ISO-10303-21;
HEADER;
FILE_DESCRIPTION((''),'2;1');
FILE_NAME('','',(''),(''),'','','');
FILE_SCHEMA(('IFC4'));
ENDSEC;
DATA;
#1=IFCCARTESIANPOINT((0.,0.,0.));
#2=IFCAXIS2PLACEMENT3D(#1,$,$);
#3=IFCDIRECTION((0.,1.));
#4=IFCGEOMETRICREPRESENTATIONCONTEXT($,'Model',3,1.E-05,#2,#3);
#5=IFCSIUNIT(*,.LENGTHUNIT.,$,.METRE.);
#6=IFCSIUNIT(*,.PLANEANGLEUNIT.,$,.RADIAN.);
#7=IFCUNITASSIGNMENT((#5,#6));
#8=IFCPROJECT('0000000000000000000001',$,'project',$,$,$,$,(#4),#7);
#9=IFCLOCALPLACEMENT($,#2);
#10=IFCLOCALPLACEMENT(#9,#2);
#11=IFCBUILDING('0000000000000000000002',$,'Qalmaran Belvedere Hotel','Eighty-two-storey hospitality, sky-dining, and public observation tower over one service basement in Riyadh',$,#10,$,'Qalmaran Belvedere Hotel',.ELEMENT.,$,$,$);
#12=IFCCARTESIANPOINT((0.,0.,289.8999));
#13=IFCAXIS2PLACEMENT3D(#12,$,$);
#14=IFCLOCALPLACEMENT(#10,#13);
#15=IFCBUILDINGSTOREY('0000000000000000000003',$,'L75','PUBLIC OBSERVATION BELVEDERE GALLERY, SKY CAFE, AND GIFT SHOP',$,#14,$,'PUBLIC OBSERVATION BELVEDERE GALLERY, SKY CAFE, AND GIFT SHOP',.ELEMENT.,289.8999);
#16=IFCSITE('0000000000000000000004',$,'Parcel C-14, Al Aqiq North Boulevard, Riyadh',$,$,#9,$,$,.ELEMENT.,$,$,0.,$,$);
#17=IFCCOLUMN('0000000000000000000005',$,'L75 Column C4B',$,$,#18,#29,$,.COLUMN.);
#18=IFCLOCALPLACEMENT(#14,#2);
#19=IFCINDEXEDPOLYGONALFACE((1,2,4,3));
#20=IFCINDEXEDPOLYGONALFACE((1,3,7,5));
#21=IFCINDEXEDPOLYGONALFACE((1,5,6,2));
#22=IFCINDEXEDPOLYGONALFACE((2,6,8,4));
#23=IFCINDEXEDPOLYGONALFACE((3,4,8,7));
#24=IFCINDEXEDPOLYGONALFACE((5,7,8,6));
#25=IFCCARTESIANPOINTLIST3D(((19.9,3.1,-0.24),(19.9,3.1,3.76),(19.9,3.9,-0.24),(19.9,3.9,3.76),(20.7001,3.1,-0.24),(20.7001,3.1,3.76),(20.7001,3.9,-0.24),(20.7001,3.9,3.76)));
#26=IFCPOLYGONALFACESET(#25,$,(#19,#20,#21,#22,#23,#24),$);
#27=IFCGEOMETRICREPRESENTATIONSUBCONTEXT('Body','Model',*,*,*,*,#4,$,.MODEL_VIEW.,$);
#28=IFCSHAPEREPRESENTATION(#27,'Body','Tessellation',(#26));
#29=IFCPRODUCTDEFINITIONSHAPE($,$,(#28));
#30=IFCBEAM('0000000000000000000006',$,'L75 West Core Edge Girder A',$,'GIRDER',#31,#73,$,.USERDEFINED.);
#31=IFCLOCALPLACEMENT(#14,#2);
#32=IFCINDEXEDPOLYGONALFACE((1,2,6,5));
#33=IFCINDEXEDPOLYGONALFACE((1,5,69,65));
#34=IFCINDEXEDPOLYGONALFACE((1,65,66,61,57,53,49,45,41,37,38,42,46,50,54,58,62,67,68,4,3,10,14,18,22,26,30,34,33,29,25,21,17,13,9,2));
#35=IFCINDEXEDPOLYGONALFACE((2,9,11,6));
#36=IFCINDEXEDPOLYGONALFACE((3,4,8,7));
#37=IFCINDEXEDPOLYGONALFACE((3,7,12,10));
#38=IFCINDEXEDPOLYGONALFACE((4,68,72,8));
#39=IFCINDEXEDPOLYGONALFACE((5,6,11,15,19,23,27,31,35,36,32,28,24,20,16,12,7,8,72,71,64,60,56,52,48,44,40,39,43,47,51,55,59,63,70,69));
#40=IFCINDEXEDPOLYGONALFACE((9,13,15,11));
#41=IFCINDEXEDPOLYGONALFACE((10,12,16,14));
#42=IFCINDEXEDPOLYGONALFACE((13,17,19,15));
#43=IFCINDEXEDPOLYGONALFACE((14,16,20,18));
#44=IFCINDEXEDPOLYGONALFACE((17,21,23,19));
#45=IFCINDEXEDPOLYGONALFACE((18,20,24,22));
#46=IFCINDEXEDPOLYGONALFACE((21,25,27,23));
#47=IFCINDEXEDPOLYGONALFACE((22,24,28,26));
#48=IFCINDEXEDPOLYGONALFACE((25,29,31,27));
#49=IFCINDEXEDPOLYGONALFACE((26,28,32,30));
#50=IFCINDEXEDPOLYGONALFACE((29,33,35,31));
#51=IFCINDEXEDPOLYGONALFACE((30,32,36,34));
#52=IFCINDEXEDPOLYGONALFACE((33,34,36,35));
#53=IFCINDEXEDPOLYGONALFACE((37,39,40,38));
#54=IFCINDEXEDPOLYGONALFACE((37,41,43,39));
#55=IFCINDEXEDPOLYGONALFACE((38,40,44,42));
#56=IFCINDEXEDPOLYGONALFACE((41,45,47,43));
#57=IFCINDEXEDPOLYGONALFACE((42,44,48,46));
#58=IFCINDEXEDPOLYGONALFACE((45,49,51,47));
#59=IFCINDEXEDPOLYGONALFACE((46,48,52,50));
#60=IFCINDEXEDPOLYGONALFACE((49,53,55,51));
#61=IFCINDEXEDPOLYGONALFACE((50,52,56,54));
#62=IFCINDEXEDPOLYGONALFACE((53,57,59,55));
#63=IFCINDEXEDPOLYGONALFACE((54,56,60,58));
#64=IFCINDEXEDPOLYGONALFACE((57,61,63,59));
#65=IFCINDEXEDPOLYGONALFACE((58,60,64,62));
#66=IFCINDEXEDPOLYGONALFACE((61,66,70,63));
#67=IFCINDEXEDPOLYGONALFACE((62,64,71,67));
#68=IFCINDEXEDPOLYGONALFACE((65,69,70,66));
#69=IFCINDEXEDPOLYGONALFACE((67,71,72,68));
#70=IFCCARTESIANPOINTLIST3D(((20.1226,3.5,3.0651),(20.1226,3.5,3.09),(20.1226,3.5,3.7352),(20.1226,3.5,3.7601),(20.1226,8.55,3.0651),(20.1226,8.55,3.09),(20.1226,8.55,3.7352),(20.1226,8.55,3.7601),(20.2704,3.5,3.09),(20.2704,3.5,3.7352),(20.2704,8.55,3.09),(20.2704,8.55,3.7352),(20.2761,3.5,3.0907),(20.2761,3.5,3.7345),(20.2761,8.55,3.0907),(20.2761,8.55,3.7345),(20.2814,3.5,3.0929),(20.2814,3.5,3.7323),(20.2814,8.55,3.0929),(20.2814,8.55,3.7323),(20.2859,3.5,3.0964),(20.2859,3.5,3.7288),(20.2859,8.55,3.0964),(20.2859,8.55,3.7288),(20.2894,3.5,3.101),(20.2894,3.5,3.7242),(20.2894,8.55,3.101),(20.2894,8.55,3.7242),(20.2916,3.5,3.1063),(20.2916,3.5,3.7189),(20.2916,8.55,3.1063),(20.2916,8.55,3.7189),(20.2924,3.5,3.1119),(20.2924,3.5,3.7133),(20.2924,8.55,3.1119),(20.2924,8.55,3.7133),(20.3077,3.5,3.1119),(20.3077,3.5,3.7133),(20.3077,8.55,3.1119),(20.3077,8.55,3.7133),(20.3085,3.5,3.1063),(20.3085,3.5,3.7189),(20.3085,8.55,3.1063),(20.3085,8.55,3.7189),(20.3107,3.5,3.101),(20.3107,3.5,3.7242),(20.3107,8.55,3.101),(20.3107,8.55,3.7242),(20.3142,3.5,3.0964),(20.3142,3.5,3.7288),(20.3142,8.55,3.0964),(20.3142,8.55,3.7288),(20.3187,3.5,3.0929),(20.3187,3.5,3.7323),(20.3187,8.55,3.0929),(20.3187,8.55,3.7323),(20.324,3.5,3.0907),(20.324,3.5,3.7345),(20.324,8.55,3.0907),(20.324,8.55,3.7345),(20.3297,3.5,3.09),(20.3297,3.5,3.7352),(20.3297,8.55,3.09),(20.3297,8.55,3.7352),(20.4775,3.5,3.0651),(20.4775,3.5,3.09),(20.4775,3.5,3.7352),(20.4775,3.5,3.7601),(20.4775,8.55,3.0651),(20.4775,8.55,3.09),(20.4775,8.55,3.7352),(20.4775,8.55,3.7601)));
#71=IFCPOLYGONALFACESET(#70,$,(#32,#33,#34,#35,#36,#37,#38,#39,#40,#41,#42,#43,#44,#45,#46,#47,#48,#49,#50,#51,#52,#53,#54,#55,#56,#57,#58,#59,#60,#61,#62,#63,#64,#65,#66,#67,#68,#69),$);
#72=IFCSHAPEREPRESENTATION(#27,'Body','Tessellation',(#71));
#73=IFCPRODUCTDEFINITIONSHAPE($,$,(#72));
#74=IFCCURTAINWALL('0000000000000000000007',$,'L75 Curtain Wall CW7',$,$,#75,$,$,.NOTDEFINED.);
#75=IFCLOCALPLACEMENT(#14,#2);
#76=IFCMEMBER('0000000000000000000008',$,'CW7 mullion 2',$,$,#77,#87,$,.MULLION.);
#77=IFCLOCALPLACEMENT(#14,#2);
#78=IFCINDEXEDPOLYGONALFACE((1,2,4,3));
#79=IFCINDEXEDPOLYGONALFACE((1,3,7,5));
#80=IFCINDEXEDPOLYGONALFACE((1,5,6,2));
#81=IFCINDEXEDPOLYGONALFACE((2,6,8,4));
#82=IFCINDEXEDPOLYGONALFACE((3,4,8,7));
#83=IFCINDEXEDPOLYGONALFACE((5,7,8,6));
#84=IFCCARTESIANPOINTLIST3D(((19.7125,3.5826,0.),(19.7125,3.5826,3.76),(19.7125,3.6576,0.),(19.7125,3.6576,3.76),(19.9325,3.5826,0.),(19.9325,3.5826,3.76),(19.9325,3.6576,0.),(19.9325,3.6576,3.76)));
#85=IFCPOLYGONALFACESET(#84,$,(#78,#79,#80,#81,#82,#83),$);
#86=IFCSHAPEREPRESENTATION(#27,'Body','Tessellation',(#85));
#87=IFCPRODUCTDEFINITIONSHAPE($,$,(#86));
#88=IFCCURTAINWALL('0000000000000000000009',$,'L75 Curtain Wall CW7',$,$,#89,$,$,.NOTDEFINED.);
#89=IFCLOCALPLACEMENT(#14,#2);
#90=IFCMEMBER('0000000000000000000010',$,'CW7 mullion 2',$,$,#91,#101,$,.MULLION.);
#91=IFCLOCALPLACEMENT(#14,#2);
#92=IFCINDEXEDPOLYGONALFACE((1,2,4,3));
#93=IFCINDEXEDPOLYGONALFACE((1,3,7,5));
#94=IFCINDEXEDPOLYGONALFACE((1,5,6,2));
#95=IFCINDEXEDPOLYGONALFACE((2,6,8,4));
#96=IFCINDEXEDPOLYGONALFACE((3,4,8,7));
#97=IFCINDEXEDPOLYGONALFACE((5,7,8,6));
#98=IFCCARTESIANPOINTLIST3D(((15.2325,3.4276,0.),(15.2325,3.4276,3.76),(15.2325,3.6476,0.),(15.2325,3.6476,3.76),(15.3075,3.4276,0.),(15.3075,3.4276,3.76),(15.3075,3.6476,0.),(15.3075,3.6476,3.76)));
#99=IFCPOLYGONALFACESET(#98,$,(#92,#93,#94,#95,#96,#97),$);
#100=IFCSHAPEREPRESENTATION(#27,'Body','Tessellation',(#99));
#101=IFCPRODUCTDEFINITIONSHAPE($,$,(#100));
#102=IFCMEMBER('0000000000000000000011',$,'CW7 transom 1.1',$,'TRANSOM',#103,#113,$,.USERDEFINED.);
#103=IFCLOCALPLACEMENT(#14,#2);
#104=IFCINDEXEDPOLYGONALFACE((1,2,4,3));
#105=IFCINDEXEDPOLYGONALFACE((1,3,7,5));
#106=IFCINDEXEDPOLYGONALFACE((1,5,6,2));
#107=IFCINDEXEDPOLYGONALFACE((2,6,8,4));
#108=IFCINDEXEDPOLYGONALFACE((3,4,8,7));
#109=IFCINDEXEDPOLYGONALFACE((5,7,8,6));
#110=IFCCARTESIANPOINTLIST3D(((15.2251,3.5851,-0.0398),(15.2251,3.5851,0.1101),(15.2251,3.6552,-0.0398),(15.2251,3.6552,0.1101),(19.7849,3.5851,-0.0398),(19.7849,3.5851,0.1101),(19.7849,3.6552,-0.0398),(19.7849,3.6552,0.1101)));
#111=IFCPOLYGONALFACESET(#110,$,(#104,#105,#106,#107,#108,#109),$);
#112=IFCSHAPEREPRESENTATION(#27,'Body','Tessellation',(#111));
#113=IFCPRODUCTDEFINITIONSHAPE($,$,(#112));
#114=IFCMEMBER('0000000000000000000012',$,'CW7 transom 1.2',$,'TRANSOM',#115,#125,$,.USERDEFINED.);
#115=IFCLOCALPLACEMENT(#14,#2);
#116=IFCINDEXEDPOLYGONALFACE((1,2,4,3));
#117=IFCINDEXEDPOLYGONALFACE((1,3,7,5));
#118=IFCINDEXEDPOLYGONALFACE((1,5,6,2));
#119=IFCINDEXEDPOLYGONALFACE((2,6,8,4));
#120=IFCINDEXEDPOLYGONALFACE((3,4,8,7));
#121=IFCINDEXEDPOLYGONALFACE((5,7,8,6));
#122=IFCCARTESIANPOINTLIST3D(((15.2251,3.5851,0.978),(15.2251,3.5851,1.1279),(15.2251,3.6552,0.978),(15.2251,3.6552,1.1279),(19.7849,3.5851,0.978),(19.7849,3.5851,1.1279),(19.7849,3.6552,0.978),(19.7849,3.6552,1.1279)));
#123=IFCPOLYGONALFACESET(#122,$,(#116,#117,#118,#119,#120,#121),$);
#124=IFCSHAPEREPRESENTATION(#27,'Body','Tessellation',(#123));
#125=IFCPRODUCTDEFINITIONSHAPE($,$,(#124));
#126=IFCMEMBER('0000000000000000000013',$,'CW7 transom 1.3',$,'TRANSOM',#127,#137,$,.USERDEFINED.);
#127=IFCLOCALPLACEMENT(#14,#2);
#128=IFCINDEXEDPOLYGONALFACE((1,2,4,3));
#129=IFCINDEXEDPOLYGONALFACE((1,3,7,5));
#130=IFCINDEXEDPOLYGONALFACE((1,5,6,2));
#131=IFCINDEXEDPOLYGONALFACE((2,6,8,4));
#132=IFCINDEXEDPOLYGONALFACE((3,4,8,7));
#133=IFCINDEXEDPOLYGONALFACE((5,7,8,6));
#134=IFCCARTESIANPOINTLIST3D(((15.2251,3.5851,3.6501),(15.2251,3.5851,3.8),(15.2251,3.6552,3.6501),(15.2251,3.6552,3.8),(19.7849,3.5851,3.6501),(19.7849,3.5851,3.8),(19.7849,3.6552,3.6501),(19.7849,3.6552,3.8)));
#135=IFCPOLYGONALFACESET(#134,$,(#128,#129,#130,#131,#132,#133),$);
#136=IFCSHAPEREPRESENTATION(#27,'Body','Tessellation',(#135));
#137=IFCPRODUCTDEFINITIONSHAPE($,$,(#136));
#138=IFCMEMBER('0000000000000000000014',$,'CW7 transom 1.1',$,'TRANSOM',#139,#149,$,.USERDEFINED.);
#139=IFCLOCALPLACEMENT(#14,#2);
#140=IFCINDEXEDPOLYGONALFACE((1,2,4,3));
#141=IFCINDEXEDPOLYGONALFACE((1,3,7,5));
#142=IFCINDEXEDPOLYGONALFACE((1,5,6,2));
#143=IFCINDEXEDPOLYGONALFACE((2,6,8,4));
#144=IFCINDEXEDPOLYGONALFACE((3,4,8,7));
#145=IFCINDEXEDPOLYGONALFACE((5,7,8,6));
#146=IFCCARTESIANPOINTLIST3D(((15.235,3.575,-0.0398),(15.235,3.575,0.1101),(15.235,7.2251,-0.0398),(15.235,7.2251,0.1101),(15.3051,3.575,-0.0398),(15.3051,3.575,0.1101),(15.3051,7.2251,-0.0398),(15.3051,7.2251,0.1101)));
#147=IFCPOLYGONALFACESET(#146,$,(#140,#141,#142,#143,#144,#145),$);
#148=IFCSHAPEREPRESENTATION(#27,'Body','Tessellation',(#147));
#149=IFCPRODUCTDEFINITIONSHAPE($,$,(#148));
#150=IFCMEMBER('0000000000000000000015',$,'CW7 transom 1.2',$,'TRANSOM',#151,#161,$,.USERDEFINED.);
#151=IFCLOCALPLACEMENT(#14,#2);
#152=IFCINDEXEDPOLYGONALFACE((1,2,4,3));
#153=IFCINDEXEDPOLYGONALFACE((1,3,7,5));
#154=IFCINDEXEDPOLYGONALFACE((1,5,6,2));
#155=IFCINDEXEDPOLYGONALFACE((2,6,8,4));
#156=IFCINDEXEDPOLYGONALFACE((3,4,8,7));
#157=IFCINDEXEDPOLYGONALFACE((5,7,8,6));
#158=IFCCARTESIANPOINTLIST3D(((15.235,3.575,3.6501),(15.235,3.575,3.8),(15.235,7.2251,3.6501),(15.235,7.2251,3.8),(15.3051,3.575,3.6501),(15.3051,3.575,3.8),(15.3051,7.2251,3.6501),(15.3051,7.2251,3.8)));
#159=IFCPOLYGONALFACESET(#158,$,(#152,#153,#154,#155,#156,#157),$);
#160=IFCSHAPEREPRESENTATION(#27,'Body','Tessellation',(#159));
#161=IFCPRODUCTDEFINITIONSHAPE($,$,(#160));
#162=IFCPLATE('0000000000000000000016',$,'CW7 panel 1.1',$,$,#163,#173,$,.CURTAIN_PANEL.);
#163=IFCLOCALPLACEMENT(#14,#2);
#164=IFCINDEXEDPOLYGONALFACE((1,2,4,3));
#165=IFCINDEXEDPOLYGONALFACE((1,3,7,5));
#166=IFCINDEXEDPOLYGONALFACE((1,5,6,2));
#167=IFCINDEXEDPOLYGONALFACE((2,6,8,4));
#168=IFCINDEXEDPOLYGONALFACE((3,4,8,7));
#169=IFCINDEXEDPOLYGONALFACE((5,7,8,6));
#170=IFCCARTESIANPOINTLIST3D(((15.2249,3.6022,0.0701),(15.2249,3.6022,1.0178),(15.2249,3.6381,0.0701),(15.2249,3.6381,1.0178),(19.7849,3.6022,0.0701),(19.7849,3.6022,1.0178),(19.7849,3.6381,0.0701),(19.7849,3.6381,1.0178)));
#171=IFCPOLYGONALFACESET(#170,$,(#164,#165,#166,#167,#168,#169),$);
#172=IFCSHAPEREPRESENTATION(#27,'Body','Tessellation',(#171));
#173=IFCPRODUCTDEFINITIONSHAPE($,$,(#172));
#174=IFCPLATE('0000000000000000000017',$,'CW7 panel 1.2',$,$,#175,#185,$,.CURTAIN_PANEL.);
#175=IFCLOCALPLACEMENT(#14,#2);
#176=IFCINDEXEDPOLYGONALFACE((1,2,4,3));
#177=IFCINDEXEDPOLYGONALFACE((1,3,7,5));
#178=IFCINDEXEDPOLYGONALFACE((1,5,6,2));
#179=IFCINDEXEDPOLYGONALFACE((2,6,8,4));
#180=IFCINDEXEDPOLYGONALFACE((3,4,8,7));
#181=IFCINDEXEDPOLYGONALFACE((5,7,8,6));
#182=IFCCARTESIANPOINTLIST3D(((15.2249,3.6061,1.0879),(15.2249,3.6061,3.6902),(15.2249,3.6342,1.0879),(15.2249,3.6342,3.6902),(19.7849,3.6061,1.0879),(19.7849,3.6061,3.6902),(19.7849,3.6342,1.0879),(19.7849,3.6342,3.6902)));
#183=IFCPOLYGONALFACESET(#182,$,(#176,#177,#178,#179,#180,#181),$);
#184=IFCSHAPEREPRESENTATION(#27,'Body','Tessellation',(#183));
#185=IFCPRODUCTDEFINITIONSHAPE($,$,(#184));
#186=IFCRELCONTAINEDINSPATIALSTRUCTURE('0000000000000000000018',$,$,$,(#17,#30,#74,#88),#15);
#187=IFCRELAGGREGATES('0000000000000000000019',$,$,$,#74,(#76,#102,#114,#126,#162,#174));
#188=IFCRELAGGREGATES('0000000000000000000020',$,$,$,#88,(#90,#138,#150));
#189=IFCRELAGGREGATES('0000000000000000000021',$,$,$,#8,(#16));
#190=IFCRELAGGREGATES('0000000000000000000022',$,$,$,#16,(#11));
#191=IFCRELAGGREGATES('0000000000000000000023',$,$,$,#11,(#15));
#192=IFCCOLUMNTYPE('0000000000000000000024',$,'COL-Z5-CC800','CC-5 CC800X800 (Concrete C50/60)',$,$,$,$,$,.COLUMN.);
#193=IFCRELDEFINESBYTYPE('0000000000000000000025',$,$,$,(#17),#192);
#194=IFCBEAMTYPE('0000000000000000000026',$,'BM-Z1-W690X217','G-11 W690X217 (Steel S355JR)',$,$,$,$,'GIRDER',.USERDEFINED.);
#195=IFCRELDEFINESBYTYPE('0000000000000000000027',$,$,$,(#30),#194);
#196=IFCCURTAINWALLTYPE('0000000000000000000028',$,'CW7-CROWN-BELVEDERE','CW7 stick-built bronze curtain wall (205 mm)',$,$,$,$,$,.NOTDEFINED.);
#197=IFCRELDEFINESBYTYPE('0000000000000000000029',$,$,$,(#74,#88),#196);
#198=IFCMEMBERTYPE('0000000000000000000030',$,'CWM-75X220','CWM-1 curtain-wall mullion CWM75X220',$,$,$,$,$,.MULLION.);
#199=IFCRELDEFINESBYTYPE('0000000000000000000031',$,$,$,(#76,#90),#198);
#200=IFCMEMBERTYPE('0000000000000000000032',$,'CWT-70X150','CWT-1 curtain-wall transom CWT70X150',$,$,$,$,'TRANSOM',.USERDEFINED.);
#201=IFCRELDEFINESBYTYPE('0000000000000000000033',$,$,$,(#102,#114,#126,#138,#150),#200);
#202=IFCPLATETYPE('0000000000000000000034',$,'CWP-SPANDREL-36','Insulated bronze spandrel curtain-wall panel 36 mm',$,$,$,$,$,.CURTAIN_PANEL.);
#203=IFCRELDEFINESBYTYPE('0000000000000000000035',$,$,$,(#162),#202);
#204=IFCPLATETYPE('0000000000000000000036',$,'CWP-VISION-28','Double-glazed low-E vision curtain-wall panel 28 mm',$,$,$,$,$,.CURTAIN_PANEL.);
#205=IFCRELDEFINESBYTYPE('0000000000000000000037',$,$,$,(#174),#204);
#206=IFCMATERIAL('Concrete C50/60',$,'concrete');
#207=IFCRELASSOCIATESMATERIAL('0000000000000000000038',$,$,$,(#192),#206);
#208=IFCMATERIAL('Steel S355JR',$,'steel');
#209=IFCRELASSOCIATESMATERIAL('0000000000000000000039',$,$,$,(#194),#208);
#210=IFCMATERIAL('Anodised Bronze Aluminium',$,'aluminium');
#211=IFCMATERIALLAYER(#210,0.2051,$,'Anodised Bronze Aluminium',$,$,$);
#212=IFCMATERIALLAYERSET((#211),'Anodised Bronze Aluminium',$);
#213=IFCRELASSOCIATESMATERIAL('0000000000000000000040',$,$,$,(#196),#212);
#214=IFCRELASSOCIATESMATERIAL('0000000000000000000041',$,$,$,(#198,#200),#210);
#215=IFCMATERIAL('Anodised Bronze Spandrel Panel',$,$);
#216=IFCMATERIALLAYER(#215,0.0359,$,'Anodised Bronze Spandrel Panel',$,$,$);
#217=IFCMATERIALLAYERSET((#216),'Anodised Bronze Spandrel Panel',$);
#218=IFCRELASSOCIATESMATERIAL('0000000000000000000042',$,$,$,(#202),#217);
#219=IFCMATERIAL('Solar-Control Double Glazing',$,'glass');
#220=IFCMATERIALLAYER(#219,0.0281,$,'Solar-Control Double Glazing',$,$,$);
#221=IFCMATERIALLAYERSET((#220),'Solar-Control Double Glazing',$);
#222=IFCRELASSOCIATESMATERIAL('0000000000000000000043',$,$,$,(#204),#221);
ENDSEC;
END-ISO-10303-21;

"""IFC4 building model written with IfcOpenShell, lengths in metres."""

from ifc_helpers import new_model, si_unit, direction, frame, origin, origin_2d, place, context, subcontext, project, spatial, rectangle, i_section, extrude, material, layer, layer_set, material_profile, profile_set, type_object, element, aggregate, save


model = new_model("IFC4")

# Units and contexts
model_context = context("Model", 3, precision=1e-05, world=origin(), true_north=direction((0.0, 1.0)))
body_context = subcontext(model_context, "Body", "Model", "MODEL_VIEW")
ifc_project = project(units=[si_unit("LENGTHUNIT", "METRE"), si_unit("PLANEANGLEUNIT", "RADIAN")], contexts=[model_context])

# Site, building, storey
site_placement = place(None, origin())
site = spatial("IfcSite", under=ifc_project, at=site_placement, Name="Parcel C-14, Al Aqiq North Boulevard, Riyadh", CompositionType="ELEMENT", RefElevation=0.0)
building_placement = place(site_placement, origin())
building = spatial("IfcBuilding", under=site, at=building_placement, Name="Qalmaran Belvedere Hotel", Description="Eighty-two-storey hospitality, sky-dining, and public observation tower over one service basement in Riyadh", LongName="Qalmaran Belvedere Hotel", CompositionType="ELEMENT")
storey_placement = place(building_placement, frame((0.0, 0.0, 289.8999)))
storey = spatial("IfcBuildingStorey", under=building, at=storey_placement, Name="L75", Description="PUBLIC OBSERVATION BELVEDERE GALLERY, SKY CAFE, AND GIFT SHOP", LongName="PUBLIC OBSERVATION BELVEDERE GALLERY, SKY CAFE, AND GIFT SHOP", CompositionType="ELEMENT", Elevation=289.8999)

# Column
ifc_material_1 = material(Name="Concrete C50/60", Category="concrete")
ifc_material_profile_1 = material_profile(ifc_material_1, rectangle(XDim=0.8, YDim=0.8, at=origin_2d()), Name="CC800X800")
ifc_profile_set_1 = profile_set([ifc_material_profile_1], Name="Concrete C50/60")
column_type = type_object("IfcColumnType", Name="COL-Z5-CC800", Description="CC-5 CC800X800 (Concrete C50/60)", PredefinedType="COLUMN", material=ifc_profile_set_1)
column_placement = place(storey_placement, frame((20.3, 3.5, -0.24), z_axis=(0.0, 0.0, 1.0), x_axis=(1.0, 0.0, 0.0)))
element("IfcColumn", 1, at=column_placement, inside=storey, type_object=column_type, Name="L75 Column C4B", PredefinedType="COLUMN", context=body_context, shape_type="SweptSolid", body=[
    extrude(rectangle(XDim=0.8, YDim=0.8, at=origin_2d()), origin(), (0.0, 0.0, 1.0), 4.0),
])

# Beam
ifc_material_2 = material(Name="Steel S355JR", Category="steel")
ifc_material_profile_2 = material_profile(ifc_material_2, i_section(OverallWidth=0.355, OverallDepth=0.6951, WebThickness=0.0154, FlangeThickness=0.0249, FilletRadius=0.022, at=origin_2d()), Name="W690X217")
ifc_profile_set_2 = profile_set([ifc_material_profile_2], Name="Steel S355JR")
beam_type = type_object("IfcBeamType", Name="BM-Z1-W690X217", Description="G-11 W690X217 (Steel S355JR)", ElementType="GIRDER", PredefinedType="USERDEFINED", material=ifc_profile_set_2)
beam_placement = place(storey_placement, frame((20.3, 3.5, 3.4126), z_axis=(0.0, 1.0, 0.0), x_axis=(-1.0, 0.0, 0.0)))
element("IfcBeam", 2, at=beam_placement, inside=storey, type_object=beam_type, Name="L75 West Core Edge Girder A", ObjectType="GIRDER", PredefinedType="USERDEFINED", context=body_context, shape_type="SweptSolid", body=[
    extrude(i_section(OverallWidth=0.355, OverallDepth=0.6951, WebThickness=0.0154, FlangeThickness=0.0249, FilletRadius=0.022, at=origin_2d()), origin(), (0.0, 0.0, 1.0), 5.05),
])

# Curtain walls, members
ifc_material_3 = material(Name="Anodised Bronze Aluminium", Category="aluminium")
ifc_layer_1 = layer(ifc_material_3, 0.2051, Name="Anodised Bronze Aluminium")
ifc_layer_set_1 = layer_set([ifc_layer_1], Name="Anodised Bronze Aluminium")
curtain_wall_type = type_object("IfcCurtainWallType", Name="CW7-CROWN-BELVEDERE", Description="CW7 stick-built bronze curtain wall (205 mm)", PredefinedType="NOTDEFINED", material=ifc_layer_set_1)
curtain_wall_1_placement = place(storey_placement, origin())
curtain_wall_1 = element("IfcCurtainWall", 3, at=curtain_wall_1_placement, inside=storey, type_object=curtain_wall_type, Name="L75 Curtain Wall CW7", PredefinedType="NOTDEFINED")
ifc_material_profile_3 = material_profile(ifc_material_3, rectangle(XDim=0.075, YDim=0.22, at=origin_2d()), Name="CWM75X220")
ifc_profile_set_3 = profile_set([ifc_material_profile_3], Name="Anodised Bronze Aluminium")
member_type_1 = type_object("IfcMemberType", Name="CWM-75X220", Description="CWM-1 curtain-wall mullion CWM75X220", PredefinedType="MULLION", material=ifc_profile_set_3)
member_1_placement = place(storey_placement, frame((19.8225, 3.6201, 0.0), z_axis=(0.0, 0.0, 1.0), x_axis=(0.0, 1.0, 0.0)))
member_1 = element("IfcMember", 4, at=member_1_placement, type_object=member_type_1, Name="CW7 mullion 2", PredefinedType="MULLION", context=body_context, shape_type="SweptSolid", body=[
    extrude(rectangle(XDim=0.075, YDim=0.22, at=origin_2d()), origin(), (0.0, 0.0, 1.0), 3.76),
])
curtain_wall_2_placement = place(storey_placement, origin())
curtain_wall_2 = element("IfcCurtainWall", 5, at=curtain_wall_2_placement, inside=storey, type_object=curtain_wall_type, Name="L75 Curtain Wall CW7", PredefinedType="NOTDEFINED")
member_2_placement = place(storey_placement, frame((15.27, 3.5376, 0.0), z_axis=(0.0, 0.0, 1.0), x_axis=(1.0, 0.0, 0.0)))
member_2 = element("IfcMember", 6, at=member_2_placement, type_object=member_type_1, Name="CW7 mullion 2", PredefinedType="MULLION", context=body_context, shape_type="SweptSolid", body=[
    extrude(rectangle(XDim=0.075, YDim=0.22, at=origin_2d()), origin(), (0.0, 0.0, 1.0), 3.76),
])

# Members
ifc_material_profile_4 = material_profile(ifc_material_3, rectangle(XDim=0.0701, YDim=0.1499, at=origin_2d()), Name="CWT70X150")
ifc_profile_set_4 = profile_set([ifc_material_profile_4], Name="Anodised Bronze Aluminium")
member_type_2 = type_object("IfcMemberType", Name="CWT-70X150", Description="CWT-1 curtain-wall transom CWT70X150", ElementType="TRANSOM", PredefinedType="USERDEFINED", material=ifc_profile_set_4)
member_3_placement = place(storey_placement, frame((15.2251, 3.6201, 0.0352), z_axis=(1.0, 0.0, 0.0), x_axis=(0.0, 1.0, 0.0)))
member_3 = element("IfcMember", 7, at=member_3_placement, type_object=member_type_2, Name="CW7 transom 1.1", ObjectType="TRANSOM", PredefinedType="USERDEFINED", context=body_context, shape_type="SweptSolid", body=[
    extrude(rectangle(XDim=0.0701, YDim=0.1499, at=origin_2d()), origin(), (0.0, 0.0, 1.0), 4.5598),
])
member_4_placement = place(storey_placement, frame((15.2251, 3.6201, 1.053), z_axis=(1.0, 0.0, 0.0), x_axis=(0.0, 1.0, 0.0)))
member_4 = element("IfcMember", 8, at=member_4_placement, type_object=member_type_2, Name="CW7 transom 1.2", ObjectType="TRANSOM", PredefinedType="USERDEFINED", context=body_context, shape_type="SweptSolid", body=[
    extrude(rectangle(XDim=0.0701, YDim=0.1499, at=origin_2d()), origin(), (0.0, 0.0, 1.0), 4.5598),
])
member_5_placement = place(storey_placement, frame((15.2251, 3.6201, 3.7251), z_axis=(1.0, 0.0, 0.0), x_axis=(0.0, 1.0, 0.0)))
member_5 = element("IfcMember", 9, at=member_5_placement, type_object=member_type_2, Name="CW7 transom 1.3", ObjectType="TRANSOM", PredefinedType="USERDEFINED", context=body_context, shape_type="SweptSolid", body=[
    extrude(rectangle(XDim=0.0701, YDim=0.1499, at=origin_2d()), origin(), (0.0, 0.0, 1.0), 4.5598),
])
member_6_placement = place(storey_placement, frame((15.27, 7.2251, 0.0352), z_axis=(0.0, -1.0, 0.0), x_axis=(1.0, 0.0, 0.0)))
member_6 = element("IfcMember", 10, at=member_6_placement, type_object=member_type_2, Name="CW7 transom 1.1", ObjectType="TRANSOM", PredefinedType="USERDEFINED", context=body_context, shape_type="SweptSolid", body=[
    extrude(rectangle(XDim=0.0701, YDim=0.1499, at=origin_2d()), origin(), (0.0, 0.0, 1.0), 3.6501),
])
member_7_placement = place(storey_placement, frame((15.27, 7.2251, 3.7251), z_axis=(0.0, -1.0, 0.0), x_axis=(1.0, 0.0, 0.0)))
member_7 = element("IfcMember", 11, at=member_7_placement, type_object=member_type_2, Name="CW7 transom 1.2", ObjectType="TRANSOM", PredefinedType="USERDEFINED", context=body_context, shape_type="SweptSolid", body=[
    extrude(rectangle(XDim=0.0701, YDim=0.1499, at=origin_2d()), origin(), (0.0, 0.0, 1.0), 3.6501),
])

# Plates
ifc_material_4 = material(Name="Anodised Bronze Spandrel Panel")
ifc_layer_2 = layer(ifc_material_4, 0.0359, Name="Anodised Bronze Spandrel Panel")
ifc_layer_set_2 = layer_set([ifc_layer_2], Name="Anodised Bronze Spandrel Panel")
plate_type_1 = type_object("IfcPlateType", Name="CWP-SPANDREL-36", Description="Insulated bronze spandrel curtain-wall panel 36 mm", PredefinedType="CURTAIN_PANEL", material=ifc_layer_set_2)
plate_1_placement = place(storey_placement, frame((17.5049, 3.6201, 0.0701), z_axis=(0.0, 0.0, 1.0), x_axis=(1.0, 0.0, 0.0)))
plate_1 = element("IfcPlate", 12, at=plate_1_placement, type_object=plate_type_1, Name="CW7 panel 1.1", PredefinedType="CURTAIN_PANEL", context=body_context, shape_type="SweptSolid", body=[
    extrude(rectangle(XDim=4.5601, YDim=0.0359, at=origin_2d()), origin(), (0.0, 0.0, 1.0), 0.9478),
])
ifc_material_5 = material(Name="Solar-Control Double Glazing", Category="glass")
ifc_layer_3 = layer(ifc_material_5, 0.0281, Name="Solar-Control Double Glazing")
ifc_layer_set_3 = layer_set([ifc_layer_3], Name="Solar-Control Double Glazing")
plate_type_2 = type_object("IfcPlateType", Name="CWP-VISION-28", Description="Double-glazed low-E vision curtain-wall panel 28 mm", PredefinedType="CURTAIN_PANEL", material=ifc_layer_set_3)
plate_2_placement = place(storey_placement, frame((17.5049, 3.6201, 1.0879), z_axis=(0.0, 0.0, 1.0), x_axis=(1.0, 0.0, 0.0)))
plate_2 = element("IfcPlate", 13, at=plate_2_placement, type_object=plate_type_2, Name="CW7 panel 1.2", PredefinedType="CURTAIN_PANEL", context=body_context, shape_type="SweptSolid", body=[
    extrude(rectangle(XDim=4.5601, YDim=0.0281, at=origin_2d()), origin(), (0.0, 0.0, 1.0), 2.6023),
])
aggregate(curtain_wall_1, [member_1, member_3, member_4, member_5, plate_1, plate_2])
aggregate(curtain_wall_2, [member_2, member_6, member_7])

save(model, "model.ifc")
